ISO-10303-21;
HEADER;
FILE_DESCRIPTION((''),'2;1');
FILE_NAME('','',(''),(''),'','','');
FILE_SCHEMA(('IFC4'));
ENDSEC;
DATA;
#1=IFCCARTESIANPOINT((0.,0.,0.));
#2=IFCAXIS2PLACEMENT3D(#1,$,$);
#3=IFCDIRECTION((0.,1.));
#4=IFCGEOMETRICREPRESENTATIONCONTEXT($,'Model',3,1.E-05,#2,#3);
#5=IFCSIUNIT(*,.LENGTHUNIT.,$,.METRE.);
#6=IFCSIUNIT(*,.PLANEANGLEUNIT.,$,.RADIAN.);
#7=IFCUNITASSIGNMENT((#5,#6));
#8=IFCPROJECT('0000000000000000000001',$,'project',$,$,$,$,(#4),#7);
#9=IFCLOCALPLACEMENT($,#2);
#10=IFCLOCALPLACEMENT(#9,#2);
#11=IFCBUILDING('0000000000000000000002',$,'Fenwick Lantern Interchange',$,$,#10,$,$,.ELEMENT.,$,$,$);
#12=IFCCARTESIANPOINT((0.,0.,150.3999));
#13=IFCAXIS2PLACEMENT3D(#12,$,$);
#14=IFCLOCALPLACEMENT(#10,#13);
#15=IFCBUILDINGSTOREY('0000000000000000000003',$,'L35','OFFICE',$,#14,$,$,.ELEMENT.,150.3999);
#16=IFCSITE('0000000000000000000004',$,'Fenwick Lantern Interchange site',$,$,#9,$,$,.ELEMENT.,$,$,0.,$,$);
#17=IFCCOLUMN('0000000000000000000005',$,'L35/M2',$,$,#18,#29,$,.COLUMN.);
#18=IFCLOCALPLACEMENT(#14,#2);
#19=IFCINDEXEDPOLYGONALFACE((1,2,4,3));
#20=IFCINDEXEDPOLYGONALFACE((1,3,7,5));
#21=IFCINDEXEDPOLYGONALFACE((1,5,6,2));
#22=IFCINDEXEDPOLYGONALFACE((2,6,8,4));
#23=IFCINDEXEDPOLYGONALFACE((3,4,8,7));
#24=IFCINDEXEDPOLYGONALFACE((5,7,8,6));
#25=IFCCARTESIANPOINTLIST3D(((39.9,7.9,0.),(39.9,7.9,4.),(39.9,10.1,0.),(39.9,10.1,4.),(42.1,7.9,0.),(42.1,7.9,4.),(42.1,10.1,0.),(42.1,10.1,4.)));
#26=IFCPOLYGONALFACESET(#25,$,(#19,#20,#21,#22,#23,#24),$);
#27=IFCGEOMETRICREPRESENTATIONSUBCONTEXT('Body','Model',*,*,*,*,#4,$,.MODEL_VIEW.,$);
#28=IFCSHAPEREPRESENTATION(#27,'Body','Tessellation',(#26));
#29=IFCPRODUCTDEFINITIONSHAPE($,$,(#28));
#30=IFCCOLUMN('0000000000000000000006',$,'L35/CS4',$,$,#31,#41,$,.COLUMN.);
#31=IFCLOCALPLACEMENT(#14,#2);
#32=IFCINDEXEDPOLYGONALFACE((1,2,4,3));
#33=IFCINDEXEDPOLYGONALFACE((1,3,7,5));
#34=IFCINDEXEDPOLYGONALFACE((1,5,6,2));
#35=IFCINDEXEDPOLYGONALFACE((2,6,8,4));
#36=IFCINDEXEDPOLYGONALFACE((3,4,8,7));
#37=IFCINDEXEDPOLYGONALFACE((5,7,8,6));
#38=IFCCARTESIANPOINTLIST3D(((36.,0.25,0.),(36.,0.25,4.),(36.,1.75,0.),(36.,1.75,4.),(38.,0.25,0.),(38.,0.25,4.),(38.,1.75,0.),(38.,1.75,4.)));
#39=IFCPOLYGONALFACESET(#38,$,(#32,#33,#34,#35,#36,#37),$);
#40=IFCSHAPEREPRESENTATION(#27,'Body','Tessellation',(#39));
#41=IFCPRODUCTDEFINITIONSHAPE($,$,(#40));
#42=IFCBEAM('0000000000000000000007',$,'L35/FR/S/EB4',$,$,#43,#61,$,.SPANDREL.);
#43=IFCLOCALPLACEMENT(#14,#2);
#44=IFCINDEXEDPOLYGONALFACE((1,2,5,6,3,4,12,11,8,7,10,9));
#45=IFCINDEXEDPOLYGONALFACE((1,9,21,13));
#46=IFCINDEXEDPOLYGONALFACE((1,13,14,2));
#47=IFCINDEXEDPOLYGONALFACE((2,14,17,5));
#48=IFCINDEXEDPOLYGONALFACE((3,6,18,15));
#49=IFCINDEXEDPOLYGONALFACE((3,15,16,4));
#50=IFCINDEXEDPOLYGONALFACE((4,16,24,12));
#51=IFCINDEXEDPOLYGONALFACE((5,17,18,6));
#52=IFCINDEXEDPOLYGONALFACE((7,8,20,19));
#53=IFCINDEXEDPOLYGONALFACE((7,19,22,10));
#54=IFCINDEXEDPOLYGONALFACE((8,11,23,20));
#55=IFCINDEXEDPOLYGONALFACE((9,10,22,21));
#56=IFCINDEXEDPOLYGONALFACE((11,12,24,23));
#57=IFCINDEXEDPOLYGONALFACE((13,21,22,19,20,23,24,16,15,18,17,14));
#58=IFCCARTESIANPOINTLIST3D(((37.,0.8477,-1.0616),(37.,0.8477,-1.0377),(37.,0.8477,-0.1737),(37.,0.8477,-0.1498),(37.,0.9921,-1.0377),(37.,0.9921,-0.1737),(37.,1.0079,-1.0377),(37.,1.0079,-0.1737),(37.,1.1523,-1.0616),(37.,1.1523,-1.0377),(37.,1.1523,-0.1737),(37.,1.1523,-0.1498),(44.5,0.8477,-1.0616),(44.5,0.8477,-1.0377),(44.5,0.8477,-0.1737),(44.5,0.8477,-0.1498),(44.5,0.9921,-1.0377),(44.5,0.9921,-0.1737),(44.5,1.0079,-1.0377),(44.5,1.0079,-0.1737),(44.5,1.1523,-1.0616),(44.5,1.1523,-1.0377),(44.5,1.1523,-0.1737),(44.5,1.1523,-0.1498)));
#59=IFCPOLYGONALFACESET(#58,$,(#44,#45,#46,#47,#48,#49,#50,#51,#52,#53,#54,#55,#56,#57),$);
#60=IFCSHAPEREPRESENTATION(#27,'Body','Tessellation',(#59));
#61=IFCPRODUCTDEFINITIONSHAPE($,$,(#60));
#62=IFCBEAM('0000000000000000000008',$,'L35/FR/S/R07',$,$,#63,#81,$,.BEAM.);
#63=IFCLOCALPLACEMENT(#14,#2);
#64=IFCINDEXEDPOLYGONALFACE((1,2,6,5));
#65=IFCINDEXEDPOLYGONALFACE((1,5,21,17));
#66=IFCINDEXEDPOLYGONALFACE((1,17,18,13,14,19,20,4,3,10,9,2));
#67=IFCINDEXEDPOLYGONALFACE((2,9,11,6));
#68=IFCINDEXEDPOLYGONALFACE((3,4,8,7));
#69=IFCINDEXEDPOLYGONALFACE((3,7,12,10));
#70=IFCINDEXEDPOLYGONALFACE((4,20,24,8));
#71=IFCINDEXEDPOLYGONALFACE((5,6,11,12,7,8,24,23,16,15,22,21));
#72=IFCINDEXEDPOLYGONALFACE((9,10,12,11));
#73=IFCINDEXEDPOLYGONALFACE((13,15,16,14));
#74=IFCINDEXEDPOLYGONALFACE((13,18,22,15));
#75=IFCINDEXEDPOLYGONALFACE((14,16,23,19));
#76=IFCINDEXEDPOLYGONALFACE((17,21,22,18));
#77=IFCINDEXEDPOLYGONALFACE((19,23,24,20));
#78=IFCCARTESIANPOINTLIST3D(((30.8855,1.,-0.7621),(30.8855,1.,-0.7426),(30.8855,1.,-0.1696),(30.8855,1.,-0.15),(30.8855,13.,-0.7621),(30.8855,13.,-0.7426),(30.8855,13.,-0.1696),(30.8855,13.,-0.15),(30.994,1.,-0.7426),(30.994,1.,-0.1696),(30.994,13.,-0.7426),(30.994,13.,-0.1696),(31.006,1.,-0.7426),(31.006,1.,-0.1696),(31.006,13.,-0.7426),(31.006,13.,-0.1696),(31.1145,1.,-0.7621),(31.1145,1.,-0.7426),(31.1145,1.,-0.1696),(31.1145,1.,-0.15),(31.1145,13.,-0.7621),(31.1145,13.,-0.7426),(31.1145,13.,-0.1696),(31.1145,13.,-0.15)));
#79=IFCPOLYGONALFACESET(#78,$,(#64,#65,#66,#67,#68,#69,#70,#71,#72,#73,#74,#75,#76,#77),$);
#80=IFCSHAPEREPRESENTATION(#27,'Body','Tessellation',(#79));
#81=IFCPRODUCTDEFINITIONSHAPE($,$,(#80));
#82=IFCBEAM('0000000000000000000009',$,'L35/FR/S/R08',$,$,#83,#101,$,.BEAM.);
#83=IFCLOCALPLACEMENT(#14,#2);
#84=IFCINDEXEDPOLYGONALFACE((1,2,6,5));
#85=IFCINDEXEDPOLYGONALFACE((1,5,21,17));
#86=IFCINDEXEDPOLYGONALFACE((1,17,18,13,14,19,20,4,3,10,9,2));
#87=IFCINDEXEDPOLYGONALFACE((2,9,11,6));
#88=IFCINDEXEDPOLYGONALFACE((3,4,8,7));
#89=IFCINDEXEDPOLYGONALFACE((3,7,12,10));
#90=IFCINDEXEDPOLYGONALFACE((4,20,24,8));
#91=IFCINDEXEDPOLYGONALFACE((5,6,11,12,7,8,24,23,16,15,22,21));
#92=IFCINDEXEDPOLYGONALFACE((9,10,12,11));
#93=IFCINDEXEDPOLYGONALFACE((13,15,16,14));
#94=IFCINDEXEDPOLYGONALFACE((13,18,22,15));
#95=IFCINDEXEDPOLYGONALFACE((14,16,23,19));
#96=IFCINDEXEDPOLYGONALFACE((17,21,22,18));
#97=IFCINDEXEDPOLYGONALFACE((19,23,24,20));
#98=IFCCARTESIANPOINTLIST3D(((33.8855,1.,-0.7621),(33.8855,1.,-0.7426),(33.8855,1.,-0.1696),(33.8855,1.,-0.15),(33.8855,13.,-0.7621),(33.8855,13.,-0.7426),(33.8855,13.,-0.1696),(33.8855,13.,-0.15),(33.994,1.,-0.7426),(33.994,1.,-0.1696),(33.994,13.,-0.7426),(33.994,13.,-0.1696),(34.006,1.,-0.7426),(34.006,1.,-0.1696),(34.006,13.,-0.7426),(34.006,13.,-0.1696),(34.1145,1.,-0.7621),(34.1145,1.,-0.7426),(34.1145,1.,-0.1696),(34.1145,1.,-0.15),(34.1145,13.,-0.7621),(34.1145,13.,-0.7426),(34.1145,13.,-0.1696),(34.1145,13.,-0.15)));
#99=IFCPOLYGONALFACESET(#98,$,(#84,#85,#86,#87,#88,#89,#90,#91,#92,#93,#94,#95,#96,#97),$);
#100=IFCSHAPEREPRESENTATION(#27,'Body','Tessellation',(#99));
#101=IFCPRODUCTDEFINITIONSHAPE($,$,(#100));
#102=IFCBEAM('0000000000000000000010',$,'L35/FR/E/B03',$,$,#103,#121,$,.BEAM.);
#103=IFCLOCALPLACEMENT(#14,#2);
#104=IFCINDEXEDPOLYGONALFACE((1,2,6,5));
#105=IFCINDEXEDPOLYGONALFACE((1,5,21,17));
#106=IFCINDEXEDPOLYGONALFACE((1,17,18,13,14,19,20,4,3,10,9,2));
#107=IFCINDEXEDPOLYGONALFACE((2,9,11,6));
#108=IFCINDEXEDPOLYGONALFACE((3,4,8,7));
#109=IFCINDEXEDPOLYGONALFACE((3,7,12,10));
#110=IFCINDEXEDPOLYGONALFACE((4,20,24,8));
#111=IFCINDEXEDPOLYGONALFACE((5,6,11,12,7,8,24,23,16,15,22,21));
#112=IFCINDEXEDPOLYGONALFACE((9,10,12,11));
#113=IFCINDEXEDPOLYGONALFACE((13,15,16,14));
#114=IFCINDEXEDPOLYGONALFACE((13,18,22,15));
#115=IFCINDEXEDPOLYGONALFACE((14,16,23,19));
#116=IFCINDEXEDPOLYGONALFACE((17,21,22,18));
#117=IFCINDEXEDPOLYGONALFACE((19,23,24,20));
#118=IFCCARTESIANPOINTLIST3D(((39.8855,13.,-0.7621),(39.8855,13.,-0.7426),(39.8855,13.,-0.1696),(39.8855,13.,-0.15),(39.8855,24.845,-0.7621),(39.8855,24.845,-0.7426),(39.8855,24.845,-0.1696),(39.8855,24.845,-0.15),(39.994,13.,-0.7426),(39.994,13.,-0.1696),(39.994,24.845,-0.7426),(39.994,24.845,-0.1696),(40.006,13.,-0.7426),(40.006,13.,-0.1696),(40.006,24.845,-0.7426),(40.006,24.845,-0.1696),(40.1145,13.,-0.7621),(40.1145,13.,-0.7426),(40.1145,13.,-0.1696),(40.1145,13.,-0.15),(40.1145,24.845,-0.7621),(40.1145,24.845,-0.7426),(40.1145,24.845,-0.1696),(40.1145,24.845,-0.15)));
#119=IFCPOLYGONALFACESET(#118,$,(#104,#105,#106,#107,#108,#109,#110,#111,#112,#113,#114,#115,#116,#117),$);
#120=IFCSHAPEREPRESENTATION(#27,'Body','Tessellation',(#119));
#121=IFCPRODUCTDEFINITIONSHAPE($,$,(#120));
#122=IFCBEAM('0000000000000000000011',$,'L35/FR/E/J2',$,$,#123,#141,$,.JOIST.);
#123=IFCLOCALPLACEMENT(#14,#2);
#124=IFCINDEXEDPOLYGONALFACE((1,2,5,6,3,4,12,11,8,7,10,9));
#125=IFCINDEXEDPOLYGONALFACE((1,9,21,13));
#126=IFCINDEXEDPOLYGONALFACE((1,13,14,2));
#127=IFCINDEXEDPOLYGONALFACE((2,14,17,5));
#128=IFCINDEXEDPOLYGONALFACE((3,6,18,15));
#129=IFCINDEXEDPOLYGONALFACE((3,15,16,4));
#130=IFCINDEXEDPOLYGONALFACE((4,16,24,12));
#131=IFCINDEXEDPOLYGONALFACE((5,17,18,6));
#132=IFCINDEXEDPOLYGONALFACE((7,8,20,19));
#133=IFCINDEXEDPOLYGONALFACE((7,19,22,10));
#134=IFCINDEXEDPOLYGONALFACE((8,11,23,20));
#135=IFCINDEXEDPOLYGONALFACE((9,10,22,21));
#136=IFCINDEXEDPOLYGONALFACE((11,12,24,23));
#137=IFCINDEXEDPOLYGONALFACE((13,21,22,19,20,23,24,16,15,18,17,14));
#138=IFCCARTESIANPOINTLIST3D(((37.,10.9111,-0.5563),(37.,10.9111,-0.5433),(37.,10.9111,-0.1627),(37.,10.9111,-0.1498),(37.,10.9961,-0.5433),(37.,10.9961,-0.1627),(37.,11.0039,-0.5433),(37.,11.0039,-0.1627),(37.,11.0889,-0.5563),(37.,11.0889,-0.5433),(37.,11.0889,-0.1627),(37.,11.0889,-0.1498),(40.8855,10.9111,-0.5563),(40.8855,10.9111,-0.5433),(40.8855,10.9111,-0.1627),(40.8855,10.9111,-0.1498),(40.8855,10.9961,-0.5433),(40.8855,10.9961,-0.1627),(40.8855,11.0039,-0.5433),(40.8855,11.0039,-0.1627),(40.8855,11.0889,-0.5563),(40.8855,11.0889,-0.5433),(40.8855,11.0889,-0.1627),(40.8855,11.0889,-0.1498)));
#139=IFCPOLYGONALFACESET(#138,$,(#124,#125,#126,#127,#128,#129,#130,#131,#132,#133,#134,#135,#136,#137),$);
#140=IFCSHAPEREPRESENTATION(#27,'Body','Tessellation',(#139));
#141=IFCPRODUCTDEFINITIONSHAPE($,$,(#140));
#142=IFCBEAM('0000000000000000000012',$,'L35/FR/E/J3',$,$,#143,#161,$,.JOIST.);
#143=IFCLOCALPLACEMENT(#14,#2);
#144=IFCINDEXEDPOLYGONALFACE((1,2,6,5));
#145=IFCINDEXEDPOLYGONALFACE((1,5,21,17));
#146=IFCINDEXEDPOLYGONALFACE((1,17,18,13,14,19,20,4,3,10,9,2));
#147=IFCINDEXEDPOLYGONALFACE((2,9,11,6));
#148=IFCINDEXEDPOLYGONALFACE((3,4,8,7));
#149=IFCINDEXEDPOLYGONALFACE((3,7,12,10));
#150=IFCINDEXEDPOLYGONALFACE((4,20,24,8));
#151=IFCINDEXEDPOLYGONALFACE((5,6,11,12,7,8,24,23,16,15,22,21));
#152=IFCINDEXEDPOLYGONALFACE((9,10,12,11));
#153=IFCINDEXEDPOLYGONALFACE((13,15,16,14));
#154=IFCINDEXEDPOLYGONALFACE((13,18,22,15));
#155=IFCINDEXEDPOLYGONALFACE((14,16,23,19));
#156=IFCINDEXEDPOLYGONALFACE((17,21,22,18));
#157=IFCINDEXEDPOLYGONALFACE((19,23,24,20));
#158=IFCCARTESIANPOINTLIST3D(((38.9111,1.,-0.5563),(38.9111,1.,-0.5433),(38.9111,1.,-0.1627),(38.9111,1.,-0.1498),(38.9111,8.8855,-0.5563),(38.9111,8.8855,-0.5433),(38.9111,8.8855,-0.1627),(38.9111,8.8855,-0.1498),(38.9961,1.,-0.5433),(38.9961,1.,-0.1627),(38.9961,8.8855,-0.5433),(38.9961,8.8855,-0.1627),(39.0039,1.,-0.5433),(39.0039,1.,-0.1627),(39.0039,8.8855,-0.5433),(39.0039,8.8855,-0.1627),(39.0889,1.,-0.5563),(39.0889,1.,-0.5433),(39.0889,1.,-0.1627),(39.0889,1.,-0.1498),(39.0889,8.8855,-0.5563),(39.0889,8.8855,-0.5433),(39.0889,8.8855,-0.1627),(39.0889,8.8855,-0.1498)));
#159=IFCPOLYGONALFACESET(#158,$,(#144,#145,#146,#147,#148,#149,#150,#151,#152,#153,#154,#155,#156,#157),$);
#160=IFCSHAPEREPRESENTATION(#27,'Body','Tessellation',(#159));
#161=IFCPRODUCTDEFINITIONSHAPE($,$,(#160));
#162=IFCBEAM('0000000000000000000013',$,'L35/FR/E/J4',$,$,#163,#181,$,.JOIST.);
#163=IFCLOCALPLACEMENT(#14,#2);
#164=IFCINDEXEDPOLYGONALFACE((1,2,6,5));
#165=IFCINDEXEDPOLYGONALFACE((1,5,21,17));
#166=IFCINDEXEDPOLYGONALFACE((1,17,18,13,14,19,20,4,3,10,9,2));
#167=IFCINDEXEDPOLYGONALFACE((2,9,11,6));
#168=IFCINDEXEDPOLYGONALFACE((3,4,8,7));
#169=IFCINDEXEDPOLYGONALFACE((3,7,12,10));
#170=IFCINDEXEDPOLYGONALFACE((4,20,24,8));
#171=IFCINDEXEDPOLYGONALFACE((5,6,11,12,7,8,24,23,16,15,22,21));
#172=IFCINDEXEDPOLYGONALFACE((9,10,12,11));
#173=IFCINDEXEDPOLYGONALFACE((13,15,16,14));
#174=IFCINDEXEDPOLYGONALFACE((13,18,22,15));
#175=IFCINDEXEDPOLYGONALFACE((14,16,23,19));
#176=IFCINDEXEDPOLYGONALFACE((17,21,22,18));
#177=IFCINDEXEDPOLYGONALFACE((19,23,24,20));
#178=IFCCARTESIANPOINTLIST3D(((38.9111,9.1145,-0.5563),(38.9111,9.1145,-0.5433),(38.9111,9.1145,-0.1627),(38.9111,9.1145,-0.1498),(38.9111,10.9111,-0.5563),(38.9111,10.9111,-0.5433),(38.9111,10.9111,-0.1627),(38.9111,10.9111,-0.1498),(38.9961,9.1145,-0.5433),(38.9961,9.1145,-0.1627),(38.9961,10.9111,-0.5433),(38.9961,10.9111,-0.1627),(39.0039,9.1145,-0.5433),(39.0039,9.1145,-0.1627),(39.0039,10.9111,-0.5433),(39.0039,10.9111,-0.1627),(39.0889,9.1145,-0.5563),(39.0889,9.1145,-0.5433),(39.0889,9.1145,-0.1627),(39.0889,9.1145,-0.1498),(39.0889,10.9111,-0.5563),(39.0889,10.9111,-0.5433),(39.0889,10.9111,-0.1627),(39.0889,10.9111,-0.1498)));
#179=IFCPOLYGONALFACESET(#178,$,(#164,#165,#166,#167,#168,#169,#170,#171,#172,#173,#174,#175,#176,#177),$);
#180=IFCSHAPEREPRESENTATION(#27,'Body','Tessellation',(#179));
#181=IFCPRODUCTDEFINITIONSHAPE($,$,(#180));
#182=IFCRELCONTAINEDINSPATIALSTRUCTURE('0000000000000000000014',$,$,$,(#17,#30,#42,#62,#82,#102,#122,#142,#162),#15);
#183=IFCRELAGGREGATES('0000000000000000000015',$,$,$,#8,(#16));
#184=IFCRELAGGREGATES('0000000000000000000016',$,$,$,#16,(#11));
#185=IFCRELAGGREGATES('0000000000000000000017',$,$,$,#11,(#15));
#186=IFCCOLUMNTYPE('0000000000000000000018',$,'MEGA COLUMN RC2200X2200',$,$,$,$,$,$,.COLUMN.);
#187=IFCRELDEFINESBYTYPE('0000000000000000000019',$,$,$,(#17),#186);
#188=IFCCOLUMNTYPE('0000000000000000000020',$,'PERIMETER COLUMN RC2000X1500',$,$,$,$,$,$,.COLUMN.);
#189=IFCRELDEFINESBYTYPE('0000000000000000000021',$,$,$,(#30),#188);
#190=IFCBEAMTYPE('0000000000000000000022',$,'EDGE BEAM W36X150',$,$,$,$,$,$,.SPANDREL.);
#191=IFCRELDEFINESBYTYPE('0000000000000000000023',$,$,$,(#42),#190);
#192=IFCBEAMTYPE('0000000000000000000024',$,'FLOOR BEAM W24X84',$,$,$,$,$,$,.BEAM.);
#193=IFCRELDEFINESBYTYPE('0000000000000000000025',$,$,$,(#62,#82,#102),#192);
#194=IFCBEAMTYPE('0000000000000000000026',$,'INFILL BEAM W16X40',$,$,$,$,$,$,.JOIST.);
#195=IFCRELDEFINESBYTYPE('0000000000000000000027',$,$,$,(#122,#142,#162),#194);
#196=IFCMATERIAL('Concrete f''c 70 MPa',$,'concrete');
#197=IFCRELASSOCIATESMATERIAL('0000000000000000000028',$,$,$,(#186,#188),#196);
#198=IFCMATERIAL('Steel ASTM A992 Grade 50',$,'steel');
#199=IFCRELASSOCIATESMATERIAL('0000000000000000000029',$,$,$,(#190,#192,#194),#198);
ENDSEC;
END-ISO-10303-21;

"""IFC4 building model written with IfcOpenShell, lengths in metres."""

from ifc_helpers import new_model, si_unit, direction, frame, origin, origin_2d, place, context, subcontext, project, spatial, rectangle, i_section, extrude, material, material_profile, profile_set, type_object, element, save


model = new_model("IFC4")

# Units and contexts
model_context = context("Model", 3, precision=1e-05, world=origin(), true_north=direction((0.0, 1.0)))
body_context = subcontext(model_context, "Body", "Model", "MODEL_VIEW")
ifc_project = project(units=[si_unit("LENGTHUNIT", "METRE"), si_unit("PLANEANGLEUNIT", "RADIAN")], contexts=[model_context])

# Site, building, storey
site_placement = place(None, origin())
site = spatial("IfcSite", under=ifc_project, at=site_placement, Name="Fenwick Lantern Interchange site", CompositionType="ELEMENT", RefElevation=0.0)
building_placement = place(site_placement, origin())
building = spatial("IfcBuilding", under=site, at=building_placement, Name="Fenwick Lantern Interchange", CompositionType="ELEMENT")
storey_placement = place(building_placement, frame((0.0, 0.0, 150.3999)))
storey = spatial("IfcBuildingStorey", under=building, at=storey_placement, Name="L35", Description="OFFICE", CompositionType="ELEMENT", Elevation=150.3999)

# Columns
ifc_material_1 = material(Name="Concrete f'c 70 MPa", Category="concrete")
ifc_material_profile_1 = material_profile(ifc_material_1, rectangle(XDim=2.2, YDim=2.2, at=origin_2d()), Name="RC2200X2200")
ifc_profile_set_1 = profile_set([ifc_material_profile_1], Name="Concrete f'c 70 MPa")
column_type_1 = type_object("IfcColumnType", Name="MEGA COLUMN RC2200X2200", PredefinedType="COLUMN", material=ifc_profile_set_1)
column_1_placement = place(storey_placement, frame((41.0, 9.0, 0.0), z_axis=(0.0, 0.0, 1.0), x_axis=(1.0, 0.0, 0.0)))
element("IfcColumn", 1, at=column_1_placement, inside=storey, type_object=column_type_1, Name="L35/M2", PredefinedType="COLUMN", context=body_context, shape_type="SweptSolid", body=[
    extrude(rectangle(XDim=2.2, YDim=2.2, at=origin_2d()), origin(), (0.0, 0.0, 1.0), 4.0),
])
ifc_material_profile_2 = material_profile(ifc_material_1, rectangle(XDim=2.0, YDim=1.5, at=origin_2d()), Name="RC2000X1500")
ifc_profile_set_2 = profile_set([ifc_material_profile_2], Name="Concrete f'c 70 MPa")
column_type_2 = type_object("IfcColumnType", Name="PERIMETER COLUMN RC2000X1500", PredefinedType="COLUMN", material=ifc_profile_set_2)
column_2_placement = place(storey_placement, frame((37.0, 1.0, 0.0), z_axis=(0.0, 0.0, 1.0), x_axis=(1.0, 0.0, 0.0)))
element("IfcColumn", 2, at=column_2_placement, inside=storey, type_object=column_type_2, Name="L35/CS4", PredefinedType="COLUMN", context=body_context, shape_type="SweptSolid", body=[
    extrude(rectangle(XDim=2.0, YDim=1.5, at=origin_2d()), origin(), (0.0, 0.0, 1.0), 4.0),
])

# Beams
ifc_material_2 = material(Name="Steel ASTM A992 Grade 50", Category="steel")
ifc_material_profile_3 = material_profile(ifc_material_2, i_section(OverallWidth=0.3047, OverallDepth=0.9119, WebThickness=0.0159, FlangeThickness=0.0239, at=origin_2d()), Name="W36X150")
ifc_profile_set_3 = profile_set([ifc_material_profile_3], Name="Steel ASTM A992 Grade 50")
beam_type_1 = type_object("IfcBeamType", Name="EDGE BEAM W36X150", PredefinedType="SPANDREL", material=ifc_profile_set_3)
beam_1_placement = place(storey_placement, frame((37.0, 1.0, -0.6057), z_axis=(1.0, 0.0, 0.0), x_axis=(0.0, 1.0, 0.0)))
element("IfcBeam", 3, at=beam_1_placement, inside=storey, type_object=beam_type_1, Name="L35/FR/S/EB4", PredefinedType="SPANDREL", context=body_context, shape_type="SweptSolid", body=[
    extrude(i_section(OverallWidth=0.3047, OverallDepth=0.9119, WebThickness=0.0159, FlangeThickness=0.0239, at=origin_2d()), origin(), (0.0, 0.0, 1.0), 7.5),
])
ifc_material_profile_4 = material_profile(ifc_material_2, i_section(OverallWidth=0.229, OverallDepth=0.6121, WebThickness=0.012, FlangeThickness=0.0195, at=origin_2d()), Name="W24X84")
ifc_profile_set_4 = profile_set([ifc_material_profile_4], Name="Steel ASTM A992 Grade 50")
beam_type_2 = type_object("IfcBeamType", Name="FLOOR BEAM W24X84", PredefinedType="BEAM", material=ifc_profile_set_4)
for number, where, z_axis, x_axis, name in (
    (4, (31.0, 1.0, -0.4561), (0.0, 1.0, 0.0), (-1.0, 0.0, 0.0), "L35/FR/S/R07"),
    (5, (34.0, 1.0, -0.4561), (0.0, 1.0, 0.0), (-1.0, 0.0, 0.0), "L35/FR/S/R08"),
):
    element("IfcBeam", number, at=place(storey_placement, frame(where, z_axis=z_axis, x_axis=x_axis)), inside=storey, type_object=beam_type_2, Name=name, PredefinedType="BEAM", context=body_context, shape_type="SweptSolid", body=[
        extrude(i_section(OverallWidth=0.229, OverallDepth=0.6121, WebThickness=0.012, FlangeThickness=0.0195, at=origin_2d()), origin(), (0.0, 0.0, 1.0), 12.0),
    ])
beam_2_placement = place(storey_placement, frame((40.0, 13.0, -0.4561), z_axis=(0.0, 1.0, 0.0), x_axis=(-1.0, 0.0, 0.0)))
element("IfcBeam", 6, at=beam_2_placement, inside=storey, type_object=beam_type_2, Name="L35/FR/E/B03", PredefinedType="BEAM", context=body_context, shape_type="SweptSolid", body=[
    extrude(i_section(OverallWidth=0.229, OverallDepth=0.6121, WebThickness=0.012, FlangeThickness=0.0195, at=origin_2d()), origin(), (0.0, 0.0, 1.0), 11.845),
])
ifc_material_profile_5 = material_profile(ifc_material_2, i_section(OverallWidth=0.1777, OverallDepth=0.4065, WebThickness=0.0078, FlangeThickness=0.0129, at=origin_2d()), Name="W16X40")
ifc_profile_set_5 = profile_set([ifc_material_profile_5], Name="Steel ASTM A992 Grade 50")
beam_type_3 = type_object("IfcBeamType", Name="INFILL BEAM W16X40", PredefinedType="JOIST", material=ifc_profile_set_5)
beam_3_placement = place(storey_placement, frame((40.8855, 11.0, -0.353), z_axis=(-1.0, 0.0, 0.0), x_axis=(0.0, -1.0, 0.0)))
element("IfcBeam", 7, at=beam_3_placement, inside=storey, type_object=beam_type_3, Name="L35/FR/E/J2", PredefinedType="JOIST", context=body_context, shape_type="SweptSolid", body=[
    extrude(i_section(OverallWidth=0.1777, OverallDepth=0.4065, WebThickness=0.0078, FlangeThickness=0.0129, at=origin_2d()), origin(), (0.0, 0.0, 1.0), 3.8855),
])
beam_4_placement = place(storey_placement, frame((39.0, 1.0, -0.353), z_axis=(0.0, 1.0, 0.0), x_axis=(-1.0, 0.0, 0.0)))
element("IfcBeam", 8, at=beam_4_placement, inside=storey, type_object=beam_type_3, Name="L35/FR/E/J3", PredefinedType="JOIST", context=body_context, shape_type="SweptSolid", body=[
    extrude(i_section(OverallWidth=0.1777, OverallDepth=0.4065, WebThickness=0.0078, FlangeThickness=0.0129, at=origin_2d()), origin(), (0.0, 0.0, 1.0), 7.8855),
])
beam_5_placement = place(storey_placement, frame((39.0, 9.1145, -0.353), z_axis=(0.0, 1.0, 0.0), x_axis=(-1.0, 0.0, 0.0)))
element("IfcBeam", 9, at=beam_5_placement, inside=storey, type_object=beam_type_3, Name="L35/FR/E/J4", PredefinedType="JOIST", context=body_context, shape_type="SweptSolid", body=[
    extrude(i_section(OverallWidth=0.1777, OverallDepth=0.4065, WebThickness=0.0078, FlangeThickness=0.0129, at=origin_2d()), origin(), (0.0, 0.0, 1.0), 1.7966),
])

save(model, "model.ifc")
